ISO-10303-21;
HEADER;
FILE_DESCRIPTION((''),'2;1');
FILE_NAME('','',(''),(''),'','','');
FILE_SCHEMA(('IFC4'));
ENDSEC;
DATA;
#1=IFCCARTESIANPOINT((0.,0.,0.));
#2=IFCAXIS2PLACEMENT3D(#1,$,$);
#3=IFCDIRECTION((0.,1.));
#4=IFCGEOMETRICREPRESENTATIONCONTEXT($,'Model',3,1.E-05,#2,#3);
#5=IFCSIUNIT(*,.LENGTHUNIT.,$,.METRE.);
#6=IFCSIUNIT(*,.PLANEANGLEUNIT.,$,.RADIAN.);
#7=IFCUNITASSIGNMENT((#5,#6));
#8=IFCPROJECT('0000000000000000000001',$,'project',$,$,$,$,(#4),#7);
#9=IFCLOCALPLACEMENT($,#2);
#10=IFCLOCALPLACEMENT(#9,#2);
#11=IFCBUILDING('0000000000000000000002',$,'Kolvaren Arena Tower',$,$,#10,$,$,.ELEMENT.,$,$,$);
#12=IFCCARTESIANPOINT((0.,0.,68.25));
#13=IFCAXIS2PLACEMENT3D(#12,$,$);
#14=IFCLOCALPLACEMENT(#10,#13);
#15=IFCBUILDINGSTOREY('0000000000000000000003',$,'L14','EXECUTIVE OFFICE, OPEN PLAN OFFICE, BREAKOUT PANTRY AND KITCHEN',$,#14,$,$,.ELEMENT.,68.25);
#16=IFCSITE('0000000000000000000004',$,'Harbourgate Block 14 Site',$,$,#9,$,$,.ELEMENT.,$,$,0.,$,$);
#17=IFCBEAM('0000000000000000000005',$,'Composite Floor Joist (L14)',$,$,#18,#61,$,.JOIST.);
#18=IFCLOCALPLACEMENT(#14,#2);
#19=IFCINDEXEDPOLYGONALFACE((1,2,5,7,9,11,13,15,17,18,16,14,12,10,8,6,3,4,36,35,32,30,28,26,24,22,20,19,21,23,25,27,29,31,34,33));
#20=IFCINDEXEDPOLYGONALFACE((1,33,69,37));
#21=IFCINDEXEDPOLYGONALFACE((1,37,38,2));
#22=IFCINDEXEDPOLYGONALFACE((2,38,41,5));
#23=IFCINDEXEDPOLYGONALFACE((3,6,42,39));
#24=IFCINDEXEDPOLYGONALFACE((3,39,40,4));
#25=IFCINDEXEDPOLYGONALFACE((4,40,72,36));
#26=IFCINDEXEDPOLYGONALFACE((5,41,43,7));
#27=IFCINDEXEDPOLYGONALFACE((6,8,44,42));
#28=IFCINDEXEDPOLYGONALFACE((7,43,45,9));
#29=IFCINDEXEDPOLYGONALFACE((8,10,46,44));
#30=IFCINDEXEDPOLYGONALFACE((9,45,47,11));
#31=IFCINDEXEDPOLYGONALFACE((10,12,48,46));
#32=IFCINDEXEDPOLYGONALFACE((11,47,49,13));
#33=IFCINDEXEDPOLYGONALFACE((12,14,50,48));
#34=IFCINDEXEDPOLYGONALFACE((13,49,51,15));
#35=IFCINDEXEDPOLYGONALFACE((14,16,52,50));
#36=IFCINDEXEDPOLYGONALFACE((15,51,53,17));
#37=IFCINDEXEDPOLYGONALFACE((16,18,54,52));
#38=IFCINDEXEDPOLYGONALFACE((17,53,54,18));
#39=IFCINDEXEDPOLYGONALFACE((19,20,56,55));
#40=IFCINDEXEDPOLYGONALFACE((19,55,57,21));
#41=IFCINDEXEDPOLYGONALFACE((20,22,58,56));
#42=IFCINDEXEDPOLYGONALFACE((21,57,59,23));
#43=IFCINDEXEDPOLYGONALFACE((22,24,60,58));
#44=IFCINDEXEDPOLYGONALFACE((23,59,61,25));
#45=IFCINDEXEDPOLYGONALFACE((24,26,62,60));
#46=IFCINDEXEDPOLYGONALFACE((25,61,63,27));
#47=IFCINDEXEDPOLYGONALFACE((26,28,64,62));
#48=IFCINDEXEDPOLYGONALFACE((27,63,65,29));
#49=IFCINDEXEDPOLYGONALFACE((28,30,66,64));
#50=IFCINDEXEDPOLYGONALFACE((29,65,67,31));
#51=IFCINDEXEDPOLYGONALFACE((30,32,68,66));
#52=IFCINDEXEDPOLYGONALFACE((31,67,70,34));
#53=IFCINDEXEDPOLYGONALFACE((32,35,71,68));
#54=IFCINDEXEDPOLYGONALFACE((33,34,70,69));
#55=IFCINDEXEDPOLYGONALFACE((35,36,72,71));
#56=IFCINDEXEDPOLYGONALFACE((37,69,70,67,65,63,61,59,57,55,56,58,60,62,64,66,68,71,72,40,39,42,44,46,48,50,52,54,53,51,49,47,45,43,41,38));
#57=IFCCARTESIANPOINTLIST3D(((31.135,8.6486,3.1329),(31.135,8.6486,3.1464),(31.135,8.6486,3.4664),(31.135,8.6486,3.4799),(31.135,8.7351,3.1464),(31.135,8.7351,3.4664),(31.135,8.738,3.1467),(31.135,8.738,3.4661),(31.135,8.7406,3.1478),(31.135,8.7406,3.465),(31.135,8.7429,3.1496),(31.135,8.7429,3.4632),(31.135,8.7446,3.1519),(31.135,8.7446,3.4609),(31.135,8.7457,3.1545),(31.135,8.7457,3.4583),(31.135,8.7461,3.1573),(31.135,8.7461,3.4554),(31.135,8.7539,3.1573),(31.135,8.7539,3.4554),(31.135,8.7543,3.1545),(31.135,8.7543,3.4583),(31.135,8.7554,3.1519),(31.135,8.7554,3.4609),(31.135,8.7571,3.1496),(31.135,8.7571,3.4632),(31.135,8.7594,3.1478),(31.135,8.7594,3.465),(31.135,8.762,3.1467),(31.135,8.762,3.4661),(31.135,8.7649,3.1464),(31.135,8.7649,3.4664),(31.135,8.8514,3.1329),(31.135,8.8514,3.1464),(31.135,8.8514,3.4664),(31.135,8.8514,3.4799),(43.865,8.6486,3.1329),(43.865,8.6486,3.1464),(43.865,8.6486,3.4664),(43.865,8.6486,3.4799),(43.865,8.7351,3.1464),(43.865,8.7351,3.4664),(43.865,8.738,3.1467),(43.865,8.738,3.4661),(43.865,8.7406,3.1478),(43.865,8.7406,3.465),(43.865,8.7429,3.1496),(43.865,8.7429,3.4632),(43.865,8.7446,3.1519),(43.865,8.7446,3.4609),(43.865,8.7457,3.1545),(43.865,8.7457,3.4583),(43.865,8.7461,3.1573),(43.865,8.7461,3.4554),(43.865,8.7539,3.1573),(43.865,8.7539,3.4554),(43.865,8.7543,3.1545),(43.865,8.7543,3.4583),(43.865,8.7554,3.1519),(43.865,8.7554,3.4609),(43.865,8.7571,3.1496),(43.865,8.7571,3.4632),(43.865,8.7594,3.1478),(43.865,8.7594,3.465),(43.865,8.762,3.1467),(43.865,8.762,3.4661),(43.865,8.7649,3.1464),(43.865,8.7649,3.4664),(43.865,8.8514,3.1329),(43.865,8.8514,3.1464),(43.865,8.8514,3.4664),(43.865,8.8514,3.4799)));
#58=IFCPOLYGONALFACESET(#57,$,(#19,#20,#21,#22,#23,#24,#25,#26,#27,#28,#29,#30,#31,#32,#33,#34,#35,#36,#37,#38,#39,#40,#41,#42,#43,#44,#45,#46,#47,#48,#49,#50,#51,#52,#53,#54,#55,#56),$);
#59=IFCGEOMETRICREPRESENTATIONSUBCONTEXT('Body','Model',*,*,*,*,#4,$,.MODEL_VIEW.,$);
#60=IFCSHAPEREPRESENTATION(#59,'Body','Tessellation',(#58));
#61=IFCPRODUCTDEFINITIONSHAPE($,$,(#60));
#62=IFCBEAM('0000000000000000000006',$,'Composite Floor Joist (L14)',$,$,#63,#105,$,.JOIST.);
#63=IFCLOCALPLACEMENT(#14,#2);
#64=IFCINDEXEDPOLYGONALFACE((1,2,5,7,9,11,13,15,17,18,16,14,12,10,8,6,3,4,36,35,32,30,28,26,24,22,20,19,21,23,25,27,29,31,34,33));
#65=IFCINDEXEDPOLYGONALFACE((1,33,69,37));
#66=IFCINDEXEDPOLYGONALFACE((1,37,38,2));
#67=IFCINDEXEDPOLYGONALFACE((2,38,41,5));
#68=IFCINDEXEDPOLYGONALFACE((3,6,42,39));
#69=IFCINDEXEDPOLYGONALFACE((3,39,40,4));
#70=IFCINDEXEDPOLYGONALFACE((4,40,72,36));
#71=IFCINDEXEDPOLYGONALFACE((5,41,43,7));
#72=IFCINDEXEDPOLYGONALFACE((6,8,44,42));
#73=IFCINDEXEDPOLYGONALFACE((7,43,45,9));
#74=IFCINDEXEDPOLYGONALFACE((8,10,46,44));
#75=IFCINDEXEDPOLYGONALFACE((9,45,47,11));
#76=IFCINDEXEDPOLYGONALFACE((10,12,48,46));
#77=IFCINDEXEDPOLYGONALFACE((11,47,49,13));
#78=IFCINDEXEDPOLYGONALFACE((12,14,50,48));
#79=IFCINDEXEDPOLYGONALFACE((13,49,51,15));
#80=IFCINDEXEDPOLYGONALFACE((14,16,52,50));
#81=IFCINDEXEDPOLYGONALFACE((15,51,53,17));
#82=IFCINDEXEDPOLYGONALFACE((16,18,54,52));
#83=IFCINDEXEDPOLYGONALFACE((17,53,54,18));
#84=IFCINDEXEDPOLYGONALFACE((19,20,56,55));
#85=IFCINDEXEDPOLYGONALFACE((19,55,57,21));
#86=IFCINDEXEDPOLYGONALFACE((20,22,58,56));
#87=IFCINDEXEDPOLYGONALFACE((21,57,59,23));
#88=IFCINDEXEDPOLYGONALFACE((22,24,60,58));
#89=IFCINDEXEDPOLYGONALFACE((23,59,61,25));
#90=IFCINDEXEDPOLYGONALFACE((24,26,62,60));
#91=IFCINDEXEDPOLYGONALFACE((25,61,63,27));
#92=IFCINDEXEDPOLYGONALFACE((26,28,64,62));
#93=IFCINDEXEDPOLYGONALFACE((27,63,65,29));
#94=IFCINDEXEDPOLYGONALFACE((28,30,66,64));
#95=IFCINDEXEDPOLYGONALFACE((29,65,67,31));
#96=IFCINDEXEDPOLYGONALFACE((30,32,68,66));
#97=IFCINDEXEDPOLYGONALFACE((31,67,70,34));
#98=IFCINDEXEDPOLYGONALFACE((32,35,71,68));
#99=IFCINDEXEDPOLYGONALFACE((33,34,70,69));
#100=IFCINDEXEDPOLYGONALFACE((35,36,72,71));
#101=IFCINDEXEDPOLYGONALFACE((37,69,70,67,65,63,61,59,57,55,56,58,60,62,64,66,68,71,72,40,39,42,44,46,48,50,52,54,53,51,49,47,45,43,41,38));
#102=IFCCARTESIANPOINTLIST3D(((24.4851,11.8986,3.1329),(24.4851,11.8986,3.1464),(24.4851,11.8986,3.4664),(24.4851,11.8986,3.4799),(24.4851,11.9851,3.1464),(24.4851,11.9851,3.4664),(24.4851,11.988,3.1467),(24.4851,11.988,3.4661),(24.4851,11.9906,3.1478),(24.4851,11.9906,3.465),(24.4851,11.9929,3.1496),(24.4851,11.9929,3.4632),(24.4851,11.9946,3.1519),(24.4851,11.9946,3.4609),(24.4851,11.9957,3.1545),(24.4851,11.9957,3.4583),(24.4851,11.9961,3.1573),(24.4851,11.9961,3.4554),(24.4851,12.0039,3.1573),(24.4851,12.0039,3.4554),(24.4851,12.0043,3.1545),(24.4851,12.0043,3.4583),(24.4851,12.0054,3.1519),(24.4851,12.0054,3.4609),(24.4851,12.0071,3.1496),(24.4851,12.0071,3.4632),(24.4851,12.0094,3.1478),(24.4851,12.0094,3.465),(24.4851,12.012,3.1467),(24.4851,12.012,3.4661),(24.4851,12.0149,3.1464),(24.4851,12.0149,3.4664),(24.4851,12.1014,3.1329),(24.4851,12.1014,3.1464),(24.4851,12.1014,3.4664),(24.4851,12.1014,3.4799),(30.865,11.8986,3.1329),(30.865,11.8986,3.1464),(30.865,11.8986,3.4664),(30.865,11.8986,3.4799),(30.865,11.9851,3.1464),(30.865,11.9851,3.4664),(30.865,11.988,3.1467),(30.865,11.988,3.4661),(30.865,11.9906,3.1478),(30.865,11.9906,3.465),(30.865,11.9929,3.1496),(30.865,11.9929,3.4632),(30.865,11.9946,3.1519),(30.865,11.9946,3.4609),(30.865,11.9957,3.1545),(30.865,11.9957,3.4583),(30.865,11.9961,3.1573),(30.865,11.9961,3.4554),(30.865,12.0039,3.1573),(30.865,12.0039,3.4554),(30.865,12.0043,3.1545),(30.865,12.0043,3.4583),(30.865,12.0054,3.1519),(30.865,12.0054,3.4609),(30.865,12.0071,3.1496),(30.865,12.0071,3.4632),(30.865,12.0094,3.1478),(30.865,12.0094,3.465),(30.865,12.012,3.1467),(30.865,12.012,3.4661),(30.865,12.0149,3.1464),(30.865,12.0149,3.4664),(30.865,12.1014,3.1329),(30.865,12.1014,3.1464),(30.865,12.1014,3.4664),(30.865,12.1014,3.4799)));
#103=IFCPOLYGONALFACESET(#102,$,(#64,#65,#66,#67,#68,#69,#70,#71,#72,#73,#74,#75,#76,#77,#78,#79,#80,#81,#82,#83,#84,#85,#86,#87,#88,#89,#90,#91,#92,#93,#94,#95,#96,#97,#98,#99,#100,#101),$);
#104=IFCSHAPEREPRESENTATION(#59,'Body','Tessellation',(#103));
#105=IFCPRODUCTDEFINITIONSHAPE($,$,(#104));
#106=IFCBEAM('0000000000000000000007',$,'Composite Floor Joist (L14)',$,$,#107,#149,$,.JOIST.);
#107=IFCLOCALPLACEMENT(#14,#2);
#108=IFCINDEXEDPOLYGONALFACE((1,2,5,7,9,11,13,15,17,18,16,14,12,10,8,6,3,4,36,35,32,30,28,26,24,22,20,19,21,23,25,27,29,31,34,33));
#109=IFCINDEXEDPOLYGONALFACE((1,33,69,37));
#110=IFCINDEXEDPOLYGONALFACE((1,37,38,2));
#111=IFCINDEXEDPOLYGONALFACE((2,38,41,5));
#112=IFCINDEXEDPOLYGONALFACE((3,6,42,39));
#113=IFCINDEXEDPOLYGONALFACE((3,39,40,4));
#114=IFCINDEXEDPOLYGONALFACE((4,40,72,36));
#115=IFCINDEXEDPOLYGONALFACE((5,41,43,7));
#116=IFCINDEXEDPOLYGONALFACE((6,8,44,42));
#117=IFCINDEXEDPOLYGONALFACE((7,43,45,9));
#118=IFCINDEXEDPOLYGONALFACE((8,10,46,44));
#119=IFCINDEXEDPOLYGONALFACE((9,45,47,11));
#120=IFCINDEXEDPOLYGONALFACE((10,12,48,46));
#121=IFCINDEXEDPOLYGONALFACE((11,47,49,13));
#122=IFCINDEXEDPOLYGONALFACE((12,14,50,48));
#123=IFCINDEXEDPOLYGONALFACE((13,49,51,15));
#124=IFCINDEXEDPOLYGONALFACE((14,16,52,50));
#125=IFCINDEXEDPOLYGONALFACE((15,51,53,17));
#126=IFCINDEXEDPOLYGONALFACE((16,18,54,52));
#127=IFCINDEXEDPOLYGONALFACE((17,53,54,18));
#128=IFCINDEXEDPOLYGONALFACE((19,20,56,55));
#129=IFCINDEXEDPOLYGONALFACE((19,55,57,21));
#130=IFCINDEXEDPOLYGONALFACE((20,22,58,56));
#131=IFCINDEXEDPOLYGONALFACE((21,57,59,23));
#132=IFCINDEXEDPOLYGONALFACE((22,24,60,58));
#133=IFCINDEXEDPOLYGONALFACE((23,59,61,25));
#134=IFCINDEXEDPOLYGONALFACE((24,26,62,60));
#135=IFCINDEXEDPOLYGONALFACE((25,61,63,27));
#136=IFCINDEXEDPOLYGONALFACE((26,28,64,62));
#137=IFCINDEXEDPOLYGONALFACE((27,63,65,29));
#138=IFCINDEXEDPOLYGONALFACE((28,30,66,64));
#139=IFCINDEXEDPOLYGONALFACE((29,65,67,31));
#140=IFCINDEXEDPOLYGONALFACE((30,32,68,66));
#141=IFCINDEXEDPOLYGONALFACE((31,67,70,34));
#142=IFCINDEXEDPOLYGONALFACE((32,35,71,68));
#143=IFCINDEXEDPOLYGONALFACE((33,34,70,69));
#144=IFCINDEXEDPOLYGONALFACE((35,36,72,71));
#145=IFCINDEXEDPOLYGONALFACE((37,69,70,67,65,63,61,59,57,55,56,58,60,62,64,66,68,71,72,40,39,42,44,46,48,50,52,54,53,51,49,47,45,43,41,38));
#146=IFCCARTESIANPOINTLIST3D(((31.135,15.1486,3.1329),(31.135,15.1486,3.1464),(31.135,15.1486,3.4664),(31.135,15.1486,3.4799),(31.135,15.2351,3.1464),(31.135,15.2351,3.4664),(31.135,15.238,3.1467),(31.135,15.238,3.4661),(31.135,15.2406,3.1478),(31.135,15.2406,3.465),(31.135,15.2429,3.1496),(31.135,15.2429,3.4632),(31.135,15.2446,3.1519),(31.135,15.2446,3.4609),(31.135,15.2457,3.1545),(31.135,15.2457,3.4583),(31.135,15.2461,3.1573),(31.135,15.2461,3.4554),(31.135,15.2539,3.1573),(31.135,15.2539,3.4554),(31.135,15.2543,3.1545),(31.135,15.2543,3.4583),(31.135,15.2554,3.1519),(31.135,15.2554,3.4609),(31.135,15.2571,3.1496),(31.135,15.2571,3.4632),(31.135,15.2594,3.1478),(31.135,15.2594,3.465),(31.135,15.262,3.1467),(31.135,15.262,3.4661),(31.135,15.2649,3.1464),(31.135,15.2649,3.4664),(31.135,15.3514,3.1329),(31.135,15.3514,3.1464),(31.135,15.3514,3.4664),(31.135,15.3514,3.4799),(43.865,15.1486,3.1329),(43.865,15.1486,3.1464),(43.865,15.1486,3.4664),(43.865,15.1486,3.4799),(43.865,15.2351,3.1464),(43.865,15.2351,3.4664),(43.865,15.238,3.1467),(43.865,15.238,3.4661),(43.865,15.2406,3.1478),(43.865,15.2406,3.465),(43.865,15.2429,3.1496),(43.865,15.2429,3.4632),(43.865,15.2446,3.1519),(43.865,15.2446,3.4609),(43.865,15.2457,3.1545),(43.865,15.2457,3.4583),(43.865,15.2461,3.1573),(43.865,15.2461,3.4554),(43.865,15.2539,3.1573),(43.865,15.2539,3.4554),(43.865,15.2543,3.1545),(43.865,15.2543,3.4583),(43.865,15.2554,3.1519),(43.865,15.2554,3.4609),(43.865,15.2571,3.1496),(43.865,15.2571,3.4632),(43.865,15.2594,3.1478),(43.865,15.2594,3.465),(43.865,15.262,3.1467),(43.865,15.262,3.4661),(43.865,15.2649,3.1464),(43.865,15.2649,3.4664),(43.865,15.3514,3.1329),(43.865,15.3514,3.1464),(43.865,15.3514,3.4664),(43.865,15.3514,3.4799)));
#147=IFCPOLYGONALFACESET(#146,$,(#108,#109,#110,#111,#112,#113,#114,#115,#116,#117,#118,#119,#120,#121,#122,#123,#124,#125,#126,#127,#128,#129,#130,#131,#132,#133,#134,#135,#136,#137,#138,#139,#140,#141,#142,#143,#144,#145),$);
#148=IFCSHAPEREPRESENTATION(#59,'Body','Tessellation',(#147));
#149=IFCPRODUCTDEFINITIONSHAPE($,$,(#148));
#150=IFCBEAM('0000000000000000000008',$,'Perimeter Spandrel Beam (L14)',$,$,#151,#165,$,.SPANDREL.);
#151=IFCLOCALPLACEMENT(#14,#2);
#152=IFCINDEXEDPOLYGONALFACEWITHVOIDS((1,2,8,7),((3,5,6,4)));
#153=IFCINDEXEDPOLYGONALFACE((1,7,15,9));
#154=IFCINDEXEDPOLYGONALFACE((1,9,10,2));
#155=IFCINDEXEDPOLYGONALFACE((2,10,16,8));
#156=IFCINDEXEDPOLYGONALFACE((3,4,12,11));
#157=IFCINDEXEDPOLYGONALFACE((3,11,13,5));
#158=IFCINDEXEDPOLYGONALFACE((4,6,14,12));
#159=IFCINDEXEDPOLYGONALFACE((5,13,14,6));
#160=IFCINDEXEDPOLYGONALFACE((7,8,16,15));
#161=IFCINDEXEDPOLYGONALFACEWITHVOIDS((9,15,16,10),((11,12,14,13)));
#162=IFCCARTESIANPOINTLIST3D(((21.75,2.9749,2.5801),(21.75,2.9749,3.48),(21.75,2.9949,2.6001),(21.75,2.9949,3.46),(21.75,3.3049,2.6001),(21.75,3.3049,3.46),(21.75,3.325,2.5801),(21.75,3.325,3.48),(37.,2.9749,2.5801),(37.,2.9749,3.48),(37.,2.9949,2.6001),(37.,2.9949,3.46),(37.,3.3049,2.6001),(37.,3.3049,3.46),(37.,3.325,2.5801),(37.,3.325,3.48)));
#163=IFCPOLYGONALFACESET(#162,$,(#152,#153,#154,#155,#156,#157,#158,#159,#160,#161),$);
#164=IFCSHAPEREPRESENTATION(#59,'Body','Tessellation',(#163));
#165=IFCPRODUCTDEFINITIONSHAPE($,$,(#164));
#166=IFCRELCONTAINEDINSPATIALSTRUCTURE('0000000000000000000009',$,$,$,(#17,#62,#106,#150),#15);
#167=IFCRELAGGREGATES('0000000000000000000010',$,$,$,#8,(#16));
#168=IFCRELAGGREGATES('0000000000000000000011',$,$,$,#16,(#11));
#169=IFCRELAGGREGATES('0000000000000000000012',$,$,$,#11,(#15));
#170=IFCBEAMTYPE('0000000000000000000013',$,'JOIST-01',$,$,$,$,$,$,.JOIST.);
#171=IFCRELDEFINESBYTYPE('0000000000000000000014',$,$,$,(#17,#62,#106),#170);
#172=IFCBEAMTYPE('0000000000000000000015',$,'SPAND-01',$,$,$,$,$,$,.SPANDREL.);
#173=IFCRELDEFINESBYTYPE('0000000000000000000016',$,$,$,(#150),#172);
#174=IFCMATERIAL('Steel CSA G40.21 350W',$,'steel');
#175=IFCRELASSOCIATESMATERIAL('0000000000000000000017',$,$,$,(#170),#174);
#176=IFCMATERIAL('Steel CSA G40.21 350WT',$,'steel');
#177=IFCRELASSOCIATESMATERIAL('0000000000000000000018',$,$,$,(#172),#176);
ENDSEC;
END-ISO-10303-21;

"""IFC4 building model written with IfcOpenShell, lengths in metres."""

from ifc_helpers import new_model, si_unit, direction, frame, origin, origin_2d, place, context, subcontext, project, spatial, hollow_rectangle, i_section, extrude, material, material_profile, profile_set, type_object, element, save


model = new_model("IFC4")

# Units and contexts
model_context = context("Model", 3, precision=1e-05, world=origin(), true_north=direction((0.0, 1.0)))
body_context = subcontext(model_context, "Body", "Model", "MODEL_VIEW")
ifc_project = project(units=[si_unit("LENGTHUNIT", "METRE"), si_unit("PLANEANGLEUNIT", "RADIAN")], contexts=[model_context])

# Site, building, storey
site_placement = place(None, origin())
site = spatial("IfcSite", under=ifc_project, at=site_placement, Name="Harbourgate Block 14 Site", CompositionType="ELEMENT", RefElevation=0.0)
building_placement = place(site_placement, origin())
building = spatial("IfcBuilding", under=site, at=building_placement, Name="Kolvaren Arena Tower", CompositionType="ELEMENT")
storey_placement = place(building_placement, frame((0.0, 0.0, 68.25)))
storey = spatial("IfcBuildingStorey", under=building, at=storey_placement, Name="L14", Description="EXECUTIVE OFFICE, OPEN PLAN OFFICE, BREAKOUT PANTRY AND KITCHEN", CompositionType="ELEMENT", Elevation=68.25)

# Beams
ifc_material_1 = material(Name="Steel CSA G40.21 350W", Category="steel")
ifc_material_profile_1 = material_profile(ifc_material_1, i_section(OverallWidth=0.2029, OverallDepth=0.3469, WebThickness=0.0078, FlangeThickness=0.0134, FilletRadius=0.011, at=origin_2d()), Name="W360x64")
ifc_profile_set_1 = profile_set([ifc_material_profile_1], Name="Steel CSA G40.21 350W")
beam_type_1 = type_object("IfcBeamType", Name="JOIST-01", PredefinedType="JOIST", material=ifc_profile_set_1)
beam_1_placement = place(storey_placement, frame((31.135, 8.75, 3.3064), z_axis=(1.0, 0.0, 0.0), x_axis=(0.0, 1.0, 0.0)))
element("IfcBeam", 1, at=beam_1_placement, inside=storey, type_object=beam_type_1, Name="Composite Floor Joist (L14)", PredefinedType="JOIST", context=body_context, shape_type="SweptSolid", body=[
    extrude(i_section(OverallWidth=0.2029, OverallDepth=0.3469, WebThickness=0.0078, FlangeThickness=0.0134, FilletRadius=0.011, at=origin_2d()), origin(), (0.0, 0.0, 1.0), 12.73),
])
beam_2_placement = place(storey_placement, frame((24.4851, 12.0, 3.3064), z_axis=(1.0, 0.0, 0.0), x_axis=(0.0, 1.0, 0.0)))
element("IfcBeam", 2, at=beam_2_placement, inside=storey, type_object=beam_type_1, Name="Composite Floor Joist (L14)", PredefinedType="JOIST", context=body_context, shape_type="SweptSolid", body=[
    extrude(i_section(OverallWidth=0.2029, OverallDepth=0.3469, WebThickness=0.0078, FlangeThickness=0.0134, FilletRadius=0.011, at=origin_2d()), origin(), (0.0, 0.0, 1.0), 6.3799),
])
beam_3_placement = place(storey_placement, frame((31.135, 15.25, 3.3064), z_axis=(1.0, 0.0, 0.0), x_axis=(0.0, 1.0, 0.0)))
element("IfcBeam", 3, at=beam_3_placement, inside=storey, type_object=beam_type_1, Name="Composite Floor Joist (L14)", PredefinedType="JOIST", context=body_context, shape_type="SweptSolid", body=[
    extrude(i_section(OverallWidth=0.2029, OverallDepth=0.3469, WebThickness=0.0078, FlangeThickness=0.0134, FilletRadius=0.011, at=origin_2d()), origin(), (0.0, 0.0, 1.0), 12.73),
])
ifc_material_2 = material(Name="Steel CSA G40.21 350WT", Category="steel")
ifc_material_profile_2 = material_profile(ifc_material_2, hollow_rectangle(XDim=0.3501, YDim=0.8999, WallThickness=0.02, at=origin_2d()), Name="HSS 900x350x20")
ifc_profile_set_2 = profile_set([ifc_material_profile_2], Name="Steel CSA G40.21 350WT")
beam_type_2 = type_object("IfcBeamType", Name="SPAND-01", PredefinedType="SPANDREL", material=ifc_profile_set_2)
beam_4_placement = place(storey_placement, frame((21.75, 3.1499, 3.03), z_axis=(1.0, 0.0, 0.0), x_axis=(0.0, 1.0, 0.0)))
element("IfcBeam", 4, at=beam_4_placement, inside=storey, type_object=beam_type_2, Name="Perimeter Spandrel Beam (L14)", PredefinedType="SPANDREL", context=body_context, shape_type="SweptSolid", body=[
    extrude(hollow_rectangle(XDim=0.3501, YDim=0.8999, WallThickness=0.02, at=origin_2d()), origin(), (0.0, 0.0, 1.0), 15.25),
])

save(model, "model.ifc")
